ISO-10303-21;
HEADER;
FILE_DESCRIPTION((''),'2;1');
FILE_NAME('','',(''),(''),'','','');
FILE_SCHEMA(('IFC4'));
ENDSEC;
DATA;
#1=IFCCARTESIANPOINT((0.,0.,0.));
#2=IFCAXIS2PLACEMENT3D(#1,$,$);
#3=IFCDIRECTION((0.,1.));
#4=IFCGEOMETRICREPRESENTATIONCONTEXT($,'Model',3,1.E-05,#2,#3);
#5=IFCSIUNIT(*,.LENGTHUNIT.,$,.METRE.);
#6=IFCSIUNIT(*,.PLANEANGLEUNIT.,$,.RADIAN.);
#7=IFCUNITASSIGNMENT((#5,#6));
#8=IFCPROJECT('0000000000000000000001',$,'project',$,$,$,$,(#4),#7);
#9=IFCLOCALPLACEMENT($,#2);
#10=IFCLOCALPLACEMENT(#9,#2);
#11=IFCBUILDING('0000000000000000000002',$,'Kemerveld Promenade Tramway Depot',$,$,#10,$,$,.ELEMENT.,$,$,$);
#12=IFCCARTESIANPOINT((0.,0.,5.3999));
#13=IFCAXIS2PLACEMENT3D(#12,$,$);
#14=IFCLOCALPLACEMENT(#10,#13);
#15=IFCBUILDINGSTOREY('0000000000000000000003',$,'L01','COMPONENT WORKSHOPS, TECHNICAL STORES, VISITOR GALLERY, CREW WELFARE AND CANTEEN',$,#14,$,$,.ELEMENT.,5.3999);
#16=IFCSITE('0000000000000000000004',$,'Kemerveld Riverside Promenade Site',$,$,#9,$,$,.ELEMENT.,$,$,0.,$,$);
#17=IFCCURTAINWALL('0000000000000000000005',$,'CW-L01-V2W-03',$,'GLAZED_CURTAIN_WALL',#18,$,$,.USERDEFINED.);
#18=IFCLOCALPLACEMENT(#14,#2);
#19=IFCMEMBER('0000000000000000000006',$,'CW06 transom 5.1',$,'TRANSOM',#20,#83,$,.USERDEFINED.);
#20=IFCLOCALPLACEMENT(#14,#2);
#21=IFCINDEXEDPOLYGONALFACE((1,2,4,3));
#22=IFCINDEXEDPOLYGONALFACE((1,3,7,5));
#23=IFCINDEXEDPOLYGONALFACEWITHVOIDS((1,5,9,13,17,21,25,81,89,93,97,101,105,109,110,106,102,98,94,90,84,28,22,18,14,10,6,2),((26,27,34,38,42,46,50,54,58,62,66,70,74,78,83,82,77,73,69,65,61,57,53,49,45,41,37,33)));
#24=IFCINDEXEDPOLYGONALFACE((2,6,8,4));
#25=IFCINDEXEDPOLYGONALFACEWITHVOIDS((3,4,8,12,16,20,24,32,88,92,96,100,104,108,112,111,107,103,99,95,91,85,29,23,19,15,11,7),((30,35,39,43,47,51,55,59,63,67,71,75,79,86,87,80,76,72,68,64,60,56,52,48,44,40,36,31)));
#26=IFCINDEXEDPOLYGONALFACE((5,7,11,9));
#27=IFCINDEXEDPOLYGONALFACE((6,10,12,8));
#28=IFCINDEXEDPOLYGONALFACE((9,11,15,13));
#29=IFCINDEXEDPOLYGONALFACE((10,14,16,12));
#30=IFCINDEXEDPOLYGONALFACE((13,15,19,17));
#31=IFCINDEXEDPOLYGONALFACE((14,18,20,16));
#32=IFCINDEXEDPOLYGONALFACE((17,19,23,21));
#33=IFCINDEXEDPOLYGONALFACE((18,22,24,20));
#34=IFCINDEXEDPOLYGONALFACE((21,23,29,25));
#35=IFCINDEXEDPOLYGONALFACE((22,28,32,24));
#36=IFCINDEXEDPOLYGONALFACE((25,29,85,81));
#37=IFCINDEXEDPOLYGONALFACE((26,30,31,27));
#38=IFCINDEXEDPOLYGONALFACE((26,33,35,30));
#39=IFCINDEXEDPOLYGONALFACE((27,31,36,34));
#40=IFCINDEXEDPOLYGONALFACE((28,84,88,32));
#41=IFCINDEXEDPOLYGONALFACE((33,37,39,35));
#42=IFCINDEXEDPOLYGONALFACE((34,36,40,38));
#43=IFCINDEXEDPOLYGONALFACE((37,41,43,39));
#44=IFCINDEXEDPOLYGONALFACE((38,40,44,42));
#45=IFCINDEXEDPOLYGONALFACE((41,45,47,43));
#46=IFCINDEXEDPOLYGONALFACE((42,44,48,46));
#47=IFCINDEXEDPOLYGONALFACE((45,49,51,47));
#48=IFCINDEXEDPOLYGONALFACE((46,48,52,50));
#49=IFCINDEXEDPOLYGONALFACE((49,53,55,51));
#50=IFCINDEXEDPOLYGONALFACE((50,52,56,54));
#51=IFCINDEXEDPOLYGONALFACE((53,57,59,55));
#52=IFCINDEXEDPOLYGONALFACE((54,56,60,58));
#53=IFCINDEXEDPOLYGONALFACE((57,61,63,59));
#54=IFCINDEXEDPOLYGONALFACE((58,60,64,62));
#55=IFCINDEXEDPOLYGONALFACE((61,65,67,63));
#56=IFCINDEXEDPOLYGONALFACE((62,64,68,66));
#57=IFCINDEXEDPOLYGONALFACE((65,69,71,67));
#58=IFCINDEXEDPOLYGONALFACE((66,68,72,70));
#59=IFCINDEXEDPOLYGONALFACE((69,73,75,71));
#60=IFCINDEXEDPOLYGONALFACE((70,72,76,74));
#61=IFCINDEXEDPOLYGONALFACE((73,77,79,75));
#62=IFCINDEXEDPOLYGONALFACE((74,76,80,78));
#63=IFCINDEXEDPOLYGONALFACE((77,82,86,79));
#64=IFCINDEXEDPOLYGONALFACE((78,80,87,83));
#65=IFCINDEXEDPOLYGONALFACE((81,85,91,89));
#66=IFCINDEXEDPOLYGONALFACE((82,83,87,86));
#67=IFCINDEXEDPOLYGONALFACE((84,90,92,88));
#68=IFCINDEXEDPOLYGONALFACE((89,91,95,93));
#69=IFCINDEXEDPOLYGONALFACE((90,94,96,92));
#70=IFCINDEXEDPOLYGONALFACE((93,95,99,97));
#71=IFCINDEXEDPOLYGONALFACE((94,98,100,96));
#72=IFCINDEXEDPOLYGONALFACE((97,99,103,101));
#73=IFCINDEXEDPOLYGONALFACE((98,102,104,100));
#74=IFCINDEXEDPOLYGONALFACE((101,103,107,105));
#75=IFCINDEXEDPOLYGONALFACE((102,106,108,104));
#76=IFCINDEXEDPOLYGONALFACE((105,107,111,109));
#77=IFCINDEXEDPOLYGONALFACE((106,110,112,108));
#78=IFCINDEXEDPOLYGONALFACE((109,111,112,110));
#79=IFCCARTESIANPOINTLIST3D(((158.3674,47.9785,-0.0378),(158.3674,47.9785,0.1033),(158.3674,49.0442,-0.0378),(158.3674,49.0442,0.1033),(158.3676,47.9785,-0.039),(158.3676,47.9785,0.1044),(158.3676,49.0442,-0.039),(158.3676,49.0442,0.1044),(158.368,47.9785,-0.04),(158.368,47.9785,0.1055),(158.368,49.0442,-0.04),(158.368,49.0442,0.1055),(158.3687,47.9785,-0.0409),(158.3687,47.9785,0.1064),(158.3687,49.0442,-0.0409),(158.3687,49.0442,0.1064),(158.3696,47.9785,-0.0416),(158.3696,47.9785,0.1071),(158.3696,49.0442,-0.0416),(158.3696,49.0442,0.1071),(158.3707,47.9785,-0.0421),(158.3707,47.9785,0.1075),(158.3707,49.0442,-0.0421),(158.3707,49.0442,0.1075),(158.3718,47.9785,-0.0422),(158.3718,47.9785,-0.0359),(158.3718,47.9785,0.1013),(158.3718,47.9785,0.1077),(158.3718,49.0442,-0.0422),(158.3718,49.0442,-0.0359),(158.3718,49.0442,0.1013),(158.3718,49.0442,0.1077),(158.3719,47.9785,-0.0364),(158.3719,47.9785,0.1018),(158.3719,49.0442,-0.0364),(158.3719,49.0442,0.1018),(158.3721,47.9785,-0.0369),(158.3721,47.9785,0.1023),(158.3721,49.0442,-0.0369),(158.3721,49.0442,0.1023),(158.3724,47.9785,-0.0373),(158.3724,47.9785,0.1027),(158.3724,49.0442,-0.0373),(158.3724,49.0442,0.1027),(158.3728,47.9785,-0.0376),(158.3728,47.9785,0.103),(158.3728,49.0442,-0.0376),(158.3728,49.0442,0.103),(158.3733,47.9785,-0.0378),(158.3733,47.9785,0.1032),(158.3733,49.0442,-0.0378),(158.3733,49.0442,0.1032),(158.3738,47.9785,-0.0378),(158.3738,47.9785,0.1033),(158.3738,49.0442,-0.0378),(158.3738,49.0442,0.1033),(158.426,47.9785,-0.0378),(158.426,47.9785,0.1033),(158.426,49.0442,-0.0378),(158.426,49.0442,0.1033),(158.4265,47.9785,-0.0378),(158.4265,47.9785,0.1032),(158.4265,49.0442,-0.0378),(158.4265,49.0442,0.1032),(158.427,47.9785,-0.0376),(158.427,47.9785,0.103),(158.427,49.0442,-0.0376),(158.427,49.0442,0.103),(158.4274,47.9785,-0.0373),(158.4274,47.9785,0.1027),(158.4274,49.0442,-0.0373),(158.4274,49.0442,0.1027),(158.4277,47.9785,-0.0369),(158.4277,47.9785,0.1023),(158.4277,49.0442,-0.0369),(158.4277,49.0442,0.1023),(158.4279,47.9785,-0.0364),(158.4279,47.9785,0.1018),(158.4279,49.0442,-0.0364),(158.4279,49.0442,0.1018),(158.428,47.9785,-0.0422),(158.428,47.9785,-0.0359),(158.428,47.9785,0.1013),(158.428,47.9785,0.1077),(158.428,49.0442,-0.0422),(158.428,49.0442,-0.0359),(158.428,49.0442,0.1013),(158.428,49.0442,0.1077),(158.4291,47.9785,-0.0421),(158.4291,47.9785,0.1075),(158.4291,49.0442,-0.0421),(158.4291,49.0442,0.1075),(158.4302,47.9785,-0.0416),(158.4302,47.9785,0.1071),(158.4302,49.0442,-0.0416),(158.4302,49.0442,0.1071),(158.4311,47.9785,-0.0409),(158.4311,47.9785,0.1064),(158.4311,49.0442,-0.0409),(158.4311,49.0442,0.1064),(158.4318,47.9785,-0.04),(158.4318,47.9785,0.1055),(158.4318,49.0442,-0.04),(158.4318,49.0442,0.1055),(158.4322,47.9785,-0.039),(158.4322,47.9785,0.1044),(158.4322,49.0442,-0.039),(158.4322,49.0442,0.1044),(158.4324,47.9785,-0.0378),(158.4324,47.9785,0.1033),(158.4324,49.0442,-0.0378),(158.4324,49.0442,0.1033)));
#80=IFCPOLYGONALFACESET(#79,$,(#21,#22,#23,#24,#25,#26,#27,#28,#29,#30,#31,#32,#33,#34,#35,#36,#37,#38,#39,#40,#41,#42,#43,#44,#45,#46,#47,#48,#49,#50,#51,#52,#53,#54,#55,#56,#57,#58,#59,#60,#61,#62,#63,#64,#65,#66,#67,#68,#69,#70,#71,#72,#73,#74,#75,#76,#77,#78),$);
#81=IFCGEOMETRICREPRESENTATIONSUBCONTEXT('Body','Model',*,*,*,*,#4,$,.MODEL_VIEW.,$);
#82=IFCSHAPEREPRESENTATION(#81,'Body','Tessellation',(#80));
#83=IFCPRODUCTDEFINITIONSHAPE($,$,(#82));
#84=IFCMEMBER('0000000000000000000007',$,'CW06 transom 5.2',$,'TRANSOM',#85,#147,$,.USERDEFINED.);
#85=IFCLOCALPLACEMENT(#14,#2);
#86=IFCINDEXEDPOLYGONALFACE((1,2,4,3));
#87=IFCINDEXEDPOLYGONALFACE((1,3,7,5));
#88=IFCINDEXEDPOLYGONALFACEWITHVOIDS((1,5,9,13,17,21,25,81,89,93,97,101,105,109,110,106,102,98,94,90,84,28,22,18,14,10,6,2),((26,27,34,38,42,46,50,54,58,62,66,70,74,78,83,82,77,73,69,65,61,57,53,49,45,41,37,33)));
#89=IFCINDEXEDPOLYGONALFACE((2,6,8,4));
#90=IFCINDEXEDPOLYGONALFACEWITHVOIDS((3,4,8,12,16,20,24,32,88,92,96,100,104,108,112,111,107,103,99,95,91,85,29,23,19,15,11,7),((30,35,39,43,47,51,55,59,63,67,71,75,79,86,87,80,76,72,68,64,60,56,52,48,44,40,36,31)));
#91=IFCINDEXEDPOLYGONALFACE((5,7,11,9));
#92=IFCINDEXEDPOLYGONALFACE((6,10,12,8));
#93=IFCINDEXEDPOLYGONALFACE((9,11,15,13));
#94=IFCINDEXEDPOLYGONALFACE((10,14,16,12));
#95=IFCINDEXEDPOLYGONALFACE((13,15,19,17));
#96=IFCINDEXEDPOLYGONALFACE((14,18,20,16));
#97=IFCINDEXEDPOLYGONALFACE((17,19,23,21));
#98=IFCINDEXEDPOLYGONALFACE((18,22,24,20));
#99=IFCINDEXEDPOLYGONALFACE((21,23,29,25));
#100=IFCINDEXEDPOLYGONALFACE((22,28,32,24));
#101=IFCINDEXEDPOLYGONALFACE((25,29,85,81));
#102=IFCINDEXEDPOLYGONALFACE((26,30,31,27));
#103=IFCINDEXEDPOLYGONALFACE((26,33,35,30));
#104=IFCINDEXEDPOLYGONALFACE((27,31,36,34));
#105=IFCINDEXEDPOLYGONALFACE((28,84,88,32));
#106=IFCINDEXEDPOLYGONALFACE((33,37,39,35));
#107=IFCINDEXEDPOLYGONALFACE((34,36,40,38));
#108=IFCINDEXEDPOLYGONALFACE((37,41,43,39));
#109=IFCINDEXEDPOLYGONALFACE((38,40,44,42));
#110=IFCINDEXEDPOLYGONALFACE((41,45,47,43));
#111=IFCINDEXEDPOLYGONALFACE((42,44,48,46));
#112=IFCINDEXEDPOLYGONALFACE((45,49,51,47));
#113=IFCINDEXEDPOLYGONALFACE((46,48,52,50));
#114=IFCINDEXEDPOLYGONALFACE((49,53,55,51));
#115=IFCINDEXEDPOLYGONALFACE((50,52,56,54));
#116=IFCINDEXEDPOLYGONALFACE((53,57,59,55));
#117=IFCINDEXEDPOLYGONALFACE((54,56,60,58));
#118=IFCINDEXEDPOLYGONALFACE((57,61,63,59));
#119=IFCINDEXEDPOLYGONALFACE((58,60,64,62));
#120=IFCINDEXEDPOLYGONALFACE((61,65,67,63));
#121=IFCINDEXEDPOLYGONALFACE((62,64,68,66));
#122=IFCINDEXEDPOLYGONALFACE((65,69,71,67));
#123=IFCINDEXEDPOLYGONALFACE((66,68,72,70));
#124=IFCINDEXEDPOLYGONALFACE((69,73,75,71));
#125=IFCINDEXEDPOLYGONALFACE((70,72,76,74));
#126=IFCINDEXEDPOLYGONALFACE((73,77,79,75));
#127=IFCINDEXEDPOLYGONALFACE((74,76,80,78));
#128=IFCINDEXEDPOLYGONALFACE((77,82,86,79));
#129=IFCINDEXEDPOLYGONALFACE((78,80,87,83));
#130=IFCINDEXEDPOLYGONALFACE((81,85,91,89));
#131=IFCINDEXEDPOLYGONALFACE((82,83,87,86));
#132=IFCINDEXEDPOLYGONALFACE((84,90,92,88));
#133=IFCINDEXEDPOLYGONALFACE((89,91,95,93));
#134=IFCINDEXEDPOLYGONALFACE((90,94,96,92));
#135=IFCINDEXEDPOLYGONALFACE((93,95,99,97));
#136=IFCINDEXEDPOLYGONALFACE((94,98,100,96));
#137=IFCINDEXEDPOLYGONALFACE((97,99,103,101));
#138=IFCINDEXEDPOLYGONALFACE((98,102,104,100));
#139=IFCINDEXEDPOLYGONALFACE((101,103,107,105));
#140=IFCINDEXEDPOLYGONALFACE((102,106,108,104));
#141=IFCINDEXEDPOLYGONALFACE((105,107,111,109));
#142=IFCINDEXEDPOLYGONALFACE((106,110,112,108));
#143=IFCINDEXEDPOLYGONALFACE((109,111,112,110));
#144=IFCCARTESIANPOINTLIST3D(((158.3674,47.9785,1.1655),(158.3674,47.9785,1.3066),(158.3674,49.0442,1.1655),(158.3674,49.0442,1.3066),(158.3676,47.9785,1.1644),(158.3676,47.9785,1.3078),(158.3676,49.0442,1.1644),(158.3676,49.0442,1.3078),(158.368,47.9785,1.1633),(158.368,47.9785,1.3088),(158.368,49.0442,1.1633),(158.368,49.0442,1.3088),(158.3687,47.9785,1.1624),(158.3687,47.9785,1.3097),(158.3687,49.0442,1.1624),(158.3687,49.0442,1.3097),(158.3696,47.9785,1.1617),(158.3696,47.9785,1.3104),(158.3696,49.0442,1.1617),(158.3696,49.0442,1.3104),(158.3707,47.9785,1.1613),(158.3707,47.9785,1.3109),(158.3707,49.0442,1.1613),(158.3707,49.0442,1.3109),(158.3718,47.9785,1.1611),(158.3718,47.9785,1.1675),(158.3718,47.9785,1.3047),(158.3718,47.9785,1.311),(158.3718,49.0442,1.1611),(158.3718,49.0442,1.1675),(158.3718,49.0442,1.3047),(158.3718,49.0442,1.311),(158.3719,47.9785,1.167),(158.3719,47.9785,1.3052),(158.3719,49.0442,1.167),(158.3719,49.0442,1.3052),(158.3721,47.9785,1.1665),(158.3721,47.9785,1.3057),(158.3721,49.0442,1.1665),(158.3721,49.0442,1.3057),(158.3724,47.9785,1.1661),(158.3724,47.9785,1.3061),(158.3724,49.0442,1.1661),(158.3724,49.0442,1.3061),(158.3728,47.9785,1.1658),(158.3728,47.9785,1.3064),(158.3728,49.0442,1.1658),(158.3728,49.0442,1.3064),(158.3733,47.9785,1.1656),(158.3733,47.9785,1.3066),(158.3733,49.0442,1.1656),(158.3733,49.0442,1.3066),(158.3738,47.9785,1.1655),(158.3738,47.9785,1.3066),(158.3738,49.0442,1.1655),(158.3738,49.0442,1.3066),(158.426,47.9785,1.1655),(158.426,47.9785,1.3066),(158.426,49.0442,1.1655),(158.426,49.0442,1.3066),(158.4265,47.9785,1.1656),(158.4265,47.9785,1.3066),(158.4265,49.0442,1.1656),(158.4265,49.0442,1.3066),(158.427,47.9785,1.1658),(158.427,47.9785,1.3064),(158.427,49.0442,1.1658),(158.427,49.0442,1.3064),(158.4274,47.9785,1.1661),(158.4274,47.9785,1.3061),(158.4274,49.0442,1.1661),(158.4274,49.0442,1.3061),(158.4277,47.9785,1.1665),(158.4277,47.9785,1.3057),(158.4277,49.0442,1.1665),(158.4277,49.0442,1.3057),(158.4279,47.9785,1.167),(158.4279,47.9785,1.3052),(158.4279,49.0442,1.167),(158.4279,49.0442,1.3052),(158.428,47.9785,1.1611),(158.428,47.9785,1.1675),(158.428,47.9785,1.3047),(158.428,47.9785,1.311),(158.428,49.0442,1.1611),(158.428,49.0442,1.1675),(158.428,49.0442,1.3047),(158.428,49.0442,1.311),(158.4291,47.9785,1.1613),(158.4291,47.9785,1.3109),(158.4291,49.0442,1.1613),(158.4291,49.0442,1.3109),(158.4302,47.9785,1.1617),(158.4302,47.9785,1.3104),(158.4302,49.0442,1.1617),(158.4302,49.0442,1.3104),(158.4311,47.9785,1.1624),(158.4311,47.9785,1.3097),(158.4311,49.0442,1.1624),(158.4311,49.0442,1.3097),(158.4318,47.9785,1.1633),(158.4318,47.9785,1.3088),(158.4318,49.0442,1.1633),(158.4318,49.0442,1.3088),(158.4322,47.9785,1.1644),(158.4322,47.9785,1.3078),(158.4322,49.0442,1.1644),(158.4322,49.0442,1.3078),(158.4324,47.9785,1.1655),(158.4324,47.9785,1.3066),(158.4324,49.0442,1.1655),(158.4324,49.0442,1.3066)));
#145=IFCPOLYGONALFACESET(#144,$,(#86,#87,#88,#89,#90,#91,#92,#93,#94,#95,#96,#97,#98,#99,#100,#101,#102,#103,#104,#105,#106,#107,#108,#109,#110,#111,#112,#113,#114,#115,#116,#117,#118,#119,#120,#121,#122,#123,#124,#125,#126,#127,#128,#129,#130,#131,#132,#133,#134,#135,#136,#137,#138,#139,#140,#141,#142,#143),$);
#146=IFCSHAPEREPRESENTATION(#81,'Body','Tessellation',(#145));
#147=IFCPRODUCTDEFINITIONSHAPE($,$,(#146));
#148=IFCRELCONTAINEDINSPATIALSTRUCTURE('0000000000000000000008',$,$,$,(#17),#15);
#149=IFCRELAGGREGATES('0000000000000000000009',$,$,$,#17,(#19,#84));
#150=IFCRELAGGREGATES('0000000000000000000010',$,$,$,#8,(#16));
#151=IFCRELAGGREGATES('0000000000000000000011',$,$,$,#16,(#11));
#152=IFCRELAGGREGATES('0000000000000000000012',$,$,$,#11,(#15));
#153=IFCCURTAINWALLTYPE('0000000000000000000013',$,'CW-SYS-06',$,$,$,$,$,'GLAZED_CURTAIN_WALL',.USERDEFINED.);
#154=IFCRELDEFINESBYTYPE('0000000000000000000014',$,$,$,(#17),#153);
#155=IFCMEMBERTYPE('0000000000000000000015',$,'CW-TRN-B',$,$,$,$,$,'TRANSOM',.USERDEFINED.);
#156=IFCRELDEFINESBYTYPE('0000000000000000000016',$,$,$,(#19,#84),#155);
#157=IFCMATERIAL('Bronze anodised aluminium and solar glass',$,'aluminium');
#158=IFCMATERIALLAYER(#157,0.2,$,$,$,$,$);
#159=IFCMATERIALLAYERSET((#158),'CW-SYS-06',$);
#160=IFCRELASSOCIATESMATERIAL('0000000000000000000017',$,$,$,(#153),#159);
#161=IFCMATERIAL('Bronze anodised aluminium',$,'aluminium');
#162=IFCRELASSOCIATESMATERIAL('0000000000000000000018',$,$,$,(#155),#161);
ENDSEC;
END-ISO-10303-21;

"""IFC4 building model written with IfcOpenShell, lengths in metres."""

from ifc_helpers import new_model, si_unit, direction, frame, origin, origin_2d, place, context, subcontext, project, spatial, hollow_rectangle, extrude, material, layer, layer_set, material_profile, profile_set, type_object, element, aggregate, save


model = new_model("IFC4")

# Units and contexts
model_context = context("Model", 3, precision=1e-05, world=origin(), true_north=direction((0.0, 1.0)))
body_context = subcontext(model_context, "Body", "Model", "MODEL_VIEW")
ifc_project = project(units=[si_unit("LENGTHUNIT", "METRE"), si_unit("PLANEANGLEUNIT", "RADIAN")], contexts=[model_context])

# Site, building, storey
site_placement = place(None, origin())
site = spatial("IfcSite", under=ifc_project, at=site_placement, Name="Kemerveld Riverside Promenade Site", CompositionType="ELEMENT", RefElevation=0.0)
building_placement = place(site_placement, origin())
building = spatial("IfcBuilding", under=site, at=building_placement, Name="Kemerveld Promenade Tramway Depot", CompositionType="ELEMENT")
storey_placement = place(building_placement, frame((0.0, 0.0, 5.3999)))
storey = spatial("IfcBuildingStorey", under=building, at=storey_placement, Name="L01", Description="COMPONENT WORKSHOPS, TECHNICAL STORES, VISITOR GALLERY, CREW WELFARE AND CANTEEN", CompositionType="ELEMENT", Elevation=5.3999)

# Curtain wall, members
ifc_material_1 = material(Name="Bronze anodised aluminium and solar glass", Category="aluminium")
ifc_layer_1 = layer(ifc_material_1, 0.2)
ifc_layer_set_1 = layer_set([ifc_layer_1], Name="CW-SYS-06")
curtain_wall_type = type_object("IfcCurtainWallType", Name="CW-SYS-06", ElementType="GLAZED_CURTAIN_WALL", PredefinedType="USERDEFINED", material=ifc_layer_set_1)
curtain_wall_placement = place(storey_placement, origin())
curtain_wall = element("IfcCurtainWall", 1, at=curtain_wall_placement, inside=storey, type_object=curtain_wall_type, Name="CW-L01-V2W-03", ObjectType="GLAZED_CURTAIN_WALL", PredefinedType="USERDEFINED")
ifc_material_2 = material(Name="Bronze anodised aluminium", Category="aluminium")
ifc_material_profile_1 = material_profile(ifc_material_2, hollow_rectangle(XDim=0.0649, YDim=0.1499, WallThickness=0.0044, InnerFilletRadius=0.002, OuterFilletRadius=0.0044, at=origin_2d()), Name="CW-TRN-150x65")
ifc_profile_set_1 = profile_set([ifc_material_profile_1], Name="Bronze anodised aluminium")
member_type_1 = type_object("IfcMemberType", Name="CW-TRN-B", ElementType="TRANSOM", PredefinedType="USERDEFINED", material=ifc_profile_set_1)
member_1_placement = place(storey_placement, frame((158.3999, 47.9785, 0.0327), z_axis=(0.0, 1.0, 0.0), x_axis=(-1.0, 0.0, 0.0)))
member_1 = element("IfcMember", 2, at=member_1_placement, type_object=member_type_1, Name="CW06 transom 5.1", ObjectType="TRANSOM", PredefinedType="USERDEFINED", context=body_context, shape_type="SweptSolid", body=[
    extrude(hollow_rectangle(XDim=0.0649, YDim=0.1499, WallThickness=0.0044, InnerFilletRadius=0.002, OuterFilletRadius=0.0044, at=origin_2d()), origin(), (0.0, 0.0, 1.0), 1.0657),
])
member_2_placement = place(storey_placement, frame((158.3999, 47.9785, 1.2361), z_axis=(0.0, 1.0, 0.0), x_axis=(-1.0, 0.0, 0.0)))
member_2 = element("IfcMember", 3, at=member_2_placement, type_object=member_type_1, Name="CW06 transom 5.2", ObjectType="TRANSOM", PredefinedType="USERDEFINED", context=body_context, shape_type="SweptSolid", body=[
    extrude(hollow_rectangle(XDim=0.0649, YDim=0.1499, WallThickness=0.0044, InnerFilletRadius=0.002, OuterFilletRadius=0.0044, at=origin_2d()), origin(), (0.0, 0.0, 1.0), 1.0657),
])
aggregate(curtain_wall, [member_1, member_2])

save(model, "model.ifc")
